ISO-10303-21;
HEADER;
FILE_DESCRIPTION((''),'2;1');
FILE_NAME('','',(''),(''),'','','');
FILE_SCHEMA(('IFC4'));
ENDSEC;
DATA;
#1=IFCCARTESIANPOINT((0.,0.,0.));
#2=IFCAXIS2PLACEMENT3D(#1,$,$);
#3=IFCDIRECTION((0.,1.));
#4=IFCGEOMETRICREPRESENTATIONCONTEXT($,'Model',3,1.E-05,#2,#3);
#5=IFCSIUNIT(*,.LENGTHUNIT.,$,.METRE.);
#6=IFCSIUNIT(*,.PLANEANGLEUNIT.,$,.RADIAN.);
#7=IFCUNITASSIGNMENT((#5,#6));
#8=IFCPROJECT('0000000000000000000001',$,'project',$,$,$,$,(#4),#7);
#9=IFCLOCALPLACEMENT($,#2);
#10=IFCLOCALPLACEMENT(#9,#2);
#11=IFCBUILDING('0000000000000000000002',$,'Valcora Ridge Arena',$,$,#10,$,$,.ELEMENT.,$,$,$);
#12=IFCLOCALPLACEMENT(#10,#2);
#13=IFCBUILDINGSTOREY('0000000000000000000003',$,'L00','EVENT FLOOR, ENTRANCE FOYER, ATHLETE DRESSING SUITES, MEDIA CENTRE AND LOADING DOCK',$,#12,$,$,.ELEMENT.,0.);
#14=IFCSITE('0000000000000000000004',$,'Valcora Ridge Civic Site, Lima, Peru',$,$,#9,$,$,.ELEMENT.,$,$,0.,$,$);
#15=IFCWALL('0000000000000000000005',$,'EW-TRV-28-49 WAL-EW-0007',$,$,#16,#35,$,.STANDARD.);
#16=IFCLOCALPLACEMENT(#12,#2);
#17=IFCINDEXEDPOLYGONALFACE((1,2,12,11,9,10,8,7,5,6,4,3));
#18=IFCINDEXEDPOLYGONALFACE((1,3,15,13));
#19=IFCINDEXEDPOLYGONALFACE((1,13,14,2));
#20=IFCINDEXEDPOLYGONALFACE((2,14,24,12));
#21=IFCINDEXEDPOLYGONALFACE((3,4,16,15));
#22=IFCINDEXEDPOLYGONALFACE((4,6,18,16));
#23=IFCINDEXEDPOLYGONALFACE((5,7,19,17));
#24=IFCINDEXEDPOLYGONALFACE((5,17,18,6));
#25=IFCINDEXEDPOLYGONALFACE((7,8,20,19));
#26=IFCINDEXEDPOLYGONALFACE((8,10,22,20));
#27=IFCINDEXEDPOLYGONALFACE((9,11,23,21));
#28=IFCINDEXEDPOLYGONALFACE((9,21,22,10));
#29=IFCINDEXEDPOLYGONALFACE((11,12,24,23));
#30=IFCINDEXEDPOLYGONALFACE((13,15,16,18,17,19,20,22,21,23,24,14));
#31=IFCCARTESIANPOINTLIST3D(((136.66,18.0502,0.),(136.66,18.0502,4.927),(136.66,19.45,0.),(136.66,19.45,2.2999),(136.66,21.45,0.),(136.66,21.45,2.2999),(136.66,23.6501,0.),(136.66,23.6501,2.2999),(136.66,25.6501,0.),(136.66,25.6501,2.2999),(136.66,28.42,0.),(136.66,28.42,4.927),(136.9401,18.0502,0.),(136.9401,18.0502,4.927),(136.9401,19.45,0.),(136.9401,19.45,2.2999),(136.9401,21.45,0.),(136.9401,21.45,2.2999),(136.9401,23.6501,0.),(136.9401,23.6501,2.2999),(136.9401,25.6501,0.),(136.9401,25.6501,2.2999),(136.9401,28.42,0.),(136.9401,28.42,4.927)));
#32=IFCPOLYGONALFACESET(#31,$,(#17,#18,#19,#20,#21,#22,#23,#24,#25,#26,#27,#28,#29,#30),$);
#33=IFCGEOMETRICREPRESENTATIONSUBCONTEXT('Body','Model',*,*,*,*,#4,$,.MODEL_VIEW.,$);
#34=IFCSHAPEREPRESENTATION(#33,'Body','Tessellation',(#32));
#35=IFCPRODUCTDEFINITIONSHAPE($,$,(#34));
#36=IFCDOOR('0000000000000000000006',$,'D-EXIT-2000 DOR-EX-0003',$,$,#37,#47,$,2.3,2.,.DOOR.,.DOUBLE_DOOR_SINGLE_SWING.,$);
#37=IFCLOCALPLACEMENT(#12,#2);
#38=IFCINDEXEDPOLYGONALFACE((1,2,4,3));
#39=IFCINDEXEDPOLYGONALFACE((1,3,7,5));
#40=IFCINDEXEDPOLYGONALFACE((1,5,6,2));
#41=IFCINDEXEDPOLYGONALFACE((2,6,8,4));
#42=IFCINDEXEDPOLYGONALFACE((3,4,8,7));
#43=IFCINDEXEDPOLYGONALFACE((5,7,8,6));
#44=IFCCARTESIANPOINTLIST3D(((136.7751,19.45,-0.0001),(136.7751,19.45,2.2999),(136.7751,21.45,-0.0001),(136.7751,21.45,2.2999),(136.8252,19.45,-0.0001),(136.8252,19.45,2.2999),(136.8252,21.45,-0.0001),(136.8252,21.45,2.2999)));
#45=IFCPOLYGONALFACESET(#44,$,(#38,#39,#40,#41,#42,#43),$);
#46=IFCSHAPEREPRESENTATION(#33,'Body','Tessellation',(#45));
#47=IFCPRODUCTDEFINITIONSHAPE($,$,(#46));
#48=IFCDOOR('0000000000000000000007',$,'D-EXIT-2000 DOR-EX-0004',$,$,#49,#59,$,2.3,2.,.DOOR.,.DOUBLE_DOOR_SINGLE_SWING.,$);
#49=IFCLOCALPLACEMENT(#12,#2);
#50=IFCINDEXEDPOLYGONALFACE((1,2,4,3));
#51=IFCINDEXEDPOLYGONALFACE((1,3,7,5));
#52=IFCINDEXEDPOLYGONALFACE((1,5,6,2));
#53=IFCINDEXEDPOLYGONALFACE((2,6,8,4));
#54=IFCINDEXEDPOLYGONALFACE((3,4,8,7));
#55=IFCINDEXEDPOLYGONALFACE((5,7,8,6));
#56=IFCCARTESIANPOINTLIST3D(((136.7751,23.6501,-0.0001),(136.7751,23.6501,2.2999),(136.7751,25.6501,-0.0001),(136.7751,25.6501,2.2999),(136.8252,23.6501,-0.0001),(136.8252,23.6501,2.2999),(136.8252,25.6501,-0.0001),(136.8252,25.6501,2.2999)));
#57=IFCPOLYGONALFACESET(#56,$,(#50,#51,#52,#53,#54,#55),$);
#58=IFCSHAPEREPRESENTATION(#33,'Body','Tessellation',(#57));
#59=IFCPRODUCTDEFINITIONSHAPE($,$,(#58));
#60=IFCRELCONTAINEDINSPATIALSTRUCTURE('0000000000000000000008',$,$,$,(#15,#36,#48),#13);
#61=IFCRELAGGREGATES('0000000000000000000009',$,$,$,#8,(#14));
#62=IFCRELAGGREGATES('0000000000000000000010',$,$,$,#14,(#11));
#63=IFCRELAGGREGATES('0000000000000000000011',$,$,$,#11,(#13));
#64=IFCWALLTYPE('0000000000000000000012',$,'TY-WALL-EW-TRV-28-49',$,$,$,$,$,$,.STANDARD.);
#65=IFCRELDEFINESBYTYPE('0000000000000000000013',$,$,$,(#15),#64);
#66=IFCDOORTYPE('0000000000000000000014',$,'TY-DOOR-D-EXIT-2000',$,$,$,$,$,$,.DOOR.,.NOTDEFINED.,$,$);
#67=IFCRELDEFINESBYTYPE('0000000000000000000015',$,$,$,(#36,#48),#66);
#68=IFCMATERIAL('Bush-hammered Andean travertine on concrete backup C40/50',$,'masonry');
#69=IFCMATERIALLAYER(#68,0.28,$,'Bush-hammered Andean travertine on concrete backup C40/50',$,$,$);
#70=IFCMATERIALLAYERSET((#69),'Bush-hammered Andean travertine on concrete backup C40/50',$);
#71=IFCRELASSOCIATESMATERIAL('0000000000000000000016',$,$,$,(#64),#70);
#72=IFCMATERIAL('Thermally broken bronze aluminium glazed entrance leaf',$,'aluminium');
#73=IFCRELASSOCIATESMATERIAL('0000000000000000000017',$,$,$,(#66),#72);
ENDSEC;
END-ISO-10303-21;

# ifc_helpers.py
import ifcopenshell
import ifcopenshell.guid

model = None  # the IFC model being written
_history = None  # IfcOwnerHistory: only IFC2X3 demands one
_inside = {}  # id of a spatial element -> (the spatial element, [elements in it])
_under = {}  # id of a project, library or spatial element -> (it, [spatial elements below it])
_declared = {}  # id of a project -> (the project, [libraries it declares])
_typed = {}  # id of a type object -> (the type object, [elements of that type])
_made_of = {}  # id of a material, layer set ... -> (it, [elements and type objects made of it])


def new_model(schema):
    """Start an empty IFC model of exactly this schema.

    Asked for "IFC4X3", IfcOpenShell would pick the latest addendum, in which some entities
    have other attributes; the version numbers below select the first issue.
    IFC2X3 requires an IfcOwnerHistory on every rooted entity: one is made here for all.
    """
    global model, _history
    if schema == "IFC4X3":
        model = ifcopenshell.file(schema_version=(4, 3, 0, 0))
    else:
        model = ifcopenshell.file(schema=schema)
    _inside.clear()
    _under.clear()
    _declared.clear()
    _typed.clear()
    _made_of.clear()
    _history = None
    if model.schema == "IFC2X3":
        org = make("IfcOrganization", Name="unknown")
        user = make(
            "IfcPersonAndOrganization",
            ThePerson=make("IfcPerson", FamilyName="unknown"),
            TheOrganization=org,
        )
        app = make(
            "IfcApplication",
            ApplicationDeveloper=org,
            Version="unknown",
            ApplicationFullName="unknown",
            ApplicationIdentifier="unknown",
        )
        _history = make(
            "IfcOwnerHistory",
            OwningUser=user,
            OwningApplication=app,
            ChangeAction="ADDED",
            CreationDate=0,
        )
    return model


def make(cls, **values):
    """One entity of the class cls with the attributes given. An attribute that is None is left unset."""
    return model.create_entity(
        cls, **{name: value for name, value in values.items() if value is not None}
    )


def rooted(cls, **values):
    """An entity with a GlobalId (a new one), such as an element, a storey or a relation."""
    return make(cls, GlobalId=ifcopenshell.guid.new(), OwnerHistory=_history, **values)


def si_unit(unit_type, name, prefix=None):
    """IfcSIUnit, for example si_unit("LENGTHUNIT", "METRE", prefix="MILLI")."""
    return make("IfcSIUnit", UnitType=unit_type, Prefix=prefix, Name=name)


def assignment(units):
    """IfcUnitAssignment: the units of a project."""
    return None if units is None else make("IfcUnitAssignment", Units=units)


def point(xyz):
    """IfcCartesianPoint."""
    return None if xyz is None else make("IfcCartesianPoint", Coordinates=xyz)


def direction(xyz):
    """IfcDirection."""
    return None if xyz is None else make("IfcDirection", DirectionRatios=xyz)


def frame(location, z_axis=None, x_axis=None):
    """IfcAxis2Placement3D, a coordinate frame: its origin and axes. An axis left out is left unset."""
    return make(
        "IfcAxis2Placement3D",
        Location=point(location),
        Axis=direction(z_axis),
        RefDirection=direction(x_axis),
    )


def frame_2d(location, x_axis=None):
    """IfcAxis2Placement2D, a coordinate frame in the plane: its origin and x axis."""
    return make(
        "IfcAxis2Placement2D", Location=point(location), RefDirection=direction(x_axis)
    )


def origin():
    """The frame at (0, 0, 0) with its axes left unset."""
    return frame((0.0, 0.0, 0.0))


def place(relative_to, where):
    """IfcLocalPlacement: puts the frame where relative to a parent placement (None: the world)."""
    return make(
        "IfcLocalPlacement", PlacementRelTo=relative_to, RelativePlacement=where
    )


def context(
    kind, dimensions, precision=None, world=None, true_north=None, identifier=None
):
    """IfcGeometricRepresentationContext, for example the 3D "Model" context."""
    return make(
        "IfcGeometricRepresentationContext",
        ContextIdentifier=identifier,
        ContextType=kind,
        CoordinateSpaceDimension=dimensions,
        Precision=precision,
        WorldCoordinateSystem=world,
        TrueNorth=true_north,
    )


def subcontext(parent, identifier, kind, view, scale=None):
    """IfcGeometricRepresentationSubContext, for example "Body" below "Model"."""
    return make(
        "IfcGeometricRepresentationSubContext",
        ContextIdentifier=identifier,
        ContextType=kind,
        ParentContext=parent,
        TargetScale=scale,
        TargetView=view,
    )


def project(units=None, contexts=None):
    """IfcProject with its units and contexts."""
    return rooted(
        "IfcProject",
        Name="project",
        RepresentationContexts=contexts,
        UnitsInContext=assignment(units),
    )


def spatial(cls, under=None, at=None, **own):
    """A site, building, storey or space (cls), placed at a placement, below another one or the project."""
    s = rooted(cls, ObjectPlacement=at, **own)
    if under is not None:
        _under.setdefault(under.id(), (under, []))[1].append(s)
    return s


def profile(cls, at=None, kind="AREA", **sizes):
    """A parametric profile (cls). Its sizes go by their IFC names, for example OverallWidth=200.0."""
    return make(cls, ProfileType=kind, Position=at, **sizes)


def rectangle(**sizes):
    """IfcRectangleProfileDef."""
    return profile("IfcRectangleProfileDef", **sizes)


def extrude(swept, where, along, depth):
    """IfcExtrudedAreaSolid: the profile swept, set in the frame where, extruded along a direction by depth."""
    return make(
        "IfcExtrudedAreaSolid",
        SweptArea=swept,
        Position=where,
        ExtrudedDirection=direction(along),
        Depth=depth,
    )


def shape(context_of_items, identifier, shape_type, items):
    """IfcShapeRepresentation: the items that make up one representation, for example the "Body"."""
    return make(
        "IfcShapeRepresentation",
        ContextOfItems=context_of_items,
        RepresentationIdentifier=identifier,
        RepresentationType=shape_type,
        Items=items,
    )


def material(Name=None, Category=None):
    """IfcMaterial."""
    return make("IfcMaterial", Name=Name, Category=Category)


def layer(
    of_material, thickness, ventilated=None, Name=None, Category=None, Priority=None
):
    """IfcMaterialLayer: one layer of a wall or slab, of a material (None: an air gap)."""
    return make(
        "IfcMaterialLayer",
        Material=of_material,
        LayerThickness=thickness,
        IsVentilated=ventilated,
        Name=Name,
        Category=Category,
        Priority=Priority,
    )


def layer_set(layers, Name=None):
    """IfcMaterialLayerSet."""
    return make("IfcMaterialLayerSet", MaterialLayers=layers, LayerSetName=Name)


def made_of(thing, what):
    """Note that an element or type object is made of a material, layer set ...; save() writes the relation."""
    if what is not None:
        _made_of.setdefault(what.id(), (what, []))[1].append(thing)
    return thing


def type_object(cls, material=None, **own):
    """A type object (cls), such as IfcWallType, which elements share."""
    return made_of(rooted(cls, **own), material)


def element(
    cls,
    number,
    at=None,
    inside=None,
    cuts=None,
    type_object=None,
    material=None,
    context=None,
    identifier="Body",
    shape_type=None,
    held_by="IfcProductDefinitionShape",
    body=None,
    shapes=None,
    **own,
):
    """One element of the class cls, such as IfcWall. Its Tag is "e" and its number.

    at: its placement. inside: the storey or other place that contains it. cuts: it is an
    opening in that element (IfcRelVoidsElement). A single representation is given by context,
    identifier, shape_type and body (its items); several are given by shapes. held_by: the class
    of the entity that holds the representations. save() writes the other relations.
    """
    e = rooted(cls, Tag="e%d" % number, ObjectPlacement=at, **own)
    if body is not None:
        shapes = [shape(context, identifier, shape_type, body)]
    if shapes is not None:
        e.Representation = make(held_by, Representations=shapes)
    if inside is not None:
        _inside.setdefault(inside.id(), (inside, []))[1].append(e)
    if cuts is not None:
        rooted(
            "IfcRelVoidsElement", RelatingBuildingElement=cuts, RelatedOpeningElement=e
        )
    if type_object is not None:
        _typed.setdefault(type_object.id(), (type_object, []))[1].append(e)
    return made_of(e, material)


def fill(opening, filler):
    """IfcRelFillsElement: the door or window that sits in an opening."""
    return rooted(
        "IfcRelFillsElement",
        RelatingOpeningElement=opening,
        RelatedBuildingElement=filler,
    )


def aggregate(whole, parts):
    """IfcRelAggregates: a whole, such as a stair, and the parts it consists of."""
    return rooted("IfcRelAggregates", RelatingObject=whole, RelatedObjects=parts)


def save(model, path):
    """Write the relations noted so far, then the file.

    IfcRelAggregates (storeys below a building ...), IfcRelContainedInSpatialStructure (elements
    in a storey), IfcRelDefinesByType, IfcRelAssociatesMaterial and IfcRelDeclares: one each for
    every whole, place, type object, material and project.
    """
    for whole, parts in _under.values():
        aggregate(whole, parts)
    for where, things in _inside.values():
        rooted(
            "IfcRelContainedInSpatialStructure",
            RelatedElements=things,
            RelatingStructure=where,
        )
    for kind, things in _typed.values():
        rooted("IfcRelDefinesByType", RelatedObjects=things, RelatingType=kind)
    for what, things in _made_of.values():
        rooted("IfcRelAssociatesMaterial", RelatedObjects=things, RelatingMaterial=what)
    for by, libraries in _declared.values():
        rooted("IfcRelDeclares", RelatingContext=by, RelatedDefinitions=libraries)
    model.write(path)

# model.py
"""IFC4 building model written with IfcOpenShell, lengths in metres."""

from ifc_helpers import new_model, si_unit, direction, frame, frame_2d, origin, place, context, subcontext, project, spatial, rectangle, extrude, material, layer, layer_set, type_object, element, fill, save


model = new_model("IFC4")

# Units and contexts
model_context = context("Model", 3, precision=1e-05, world=origin(), true_north=direction((0.0, 1.0)))
body_context = subcontext(model_context, "Body", "Model", "MODEL_VIEW")
ifc_project = project(units=[si_unit("LENGTHUNIT", "METRE"), si_unit("PLANEANGLEUNIT", "RADIAN")], contexts=[model_context])

# Site, building, storey
site_placement = place(None, origin())
site = spatial("IfcSite", under=ifc_project, at=site_placement, Name="Valcora Ridge Civic Site, Lima, Peru", CompositionType="ELEMENT", RefElevation=0.0)
building_placement = place(site_placement, origin())
building = spatial("IfcBuilding", under=site, at=building_placement, Name="Valcora Ridge Arena", CompositionType="ELEMENT")
storey_placement = place(building_placement, origin())
storey = spatial("IfcBuildingStorey", under=building, at=storey_placement, Name="L00", Description="EVENT FLOOR, ENTRANCE FOYER, ATHLETE DRESSING SUITES, MEDIA CENTRE AND LOADING DOCK", CompositionType="ELEMENT", Elevation=0.0)

# Wall, openings, doors
ifc_material_1 = material(Name="Bush-hammered Andean travertine on concrete backup C40/50", Category="masonry")
ifc_layer_1 = layer(ifc_material_1, 0.28, Name="Bush-hammered Andean travertine on concrete backup C40/50")
ifc_layer_set_1 = layer_set([ifc_layer_1], Name="Bush-hammered Andean travertine on concrete backup C40/50")
wall_type = type_object("IfcWallType", Name="TY-WALL-EW-TRV-28-49", PredefinedType="STANDARD", material=ifc_layer_set_1)
wall_placement = place(storey_placement, frame((136.8, 18.05, 0.0), z_axis=(0.0, 0.0, 1.0), x_axis=(0.0, 1.0, 0.0)))
wall = element("IfcWall", 1, at=wall_placement, inside=storey, type_object=wall_type, Name="EW-TRV-28-49 WAL-EW-0007", PredefinedType="STANDARD", context=body_context, shape_type="SweptSolid", body=[
    extrude(rectangle(XDim=10.3699, YDim=0.28, at=frame_2d((5.1851, 0.0))), origin(), (0.0, 0.0, 1.0), 4.927),
])
opening_1_placement = place(wall_placement, frame((1.3999, 0.0, 0.0)))
opening_1 = element("IfcOpeningElement", 2, at=opening_1_placement, cuts=wall, PredefinedType="OPENING", context=body_context, shape_type="SweptSolid", body=[
    extrude(rectangle(XDim=2.0, YDim=2.3, at=frame_2d((1.0, 1.1499))), frame((0.0, 0.1499, 0.0), z_axis=(0.0, -1.0, 0.0), x_axis=(1.0, 0.0, 0.0)), (0.0, 0.0, 1.0), 0.3),
])
opening_2_placement = place(wall_placement, frame((5.6001, 0.0, 0.0)))
opening_2 = element("IfcOpeningElement", 3, at=opening_2_placement, cuts=wall, PredefinedType="OPENING", context=body_context, shape_type="SweptSolid", body=[
    extrude(rectangle(XDim=2.0, YDim=2.3, at=frame_2d((1.0, 1.1499))), frame((0.0, 0.1499, 0.0), z_axis=(0.0, -1.0, 0.0), x_axis=(1.0, 0.0, 0.0)), (0.0, 0.0, 1.0), 0.3),
])
ifc_material_2 = material(Name="Thermally broken bronze aluminium glazed entrance leaf", Category="aluminium")
door_type = type_object("IfcDoorType", Name="TY-DOOR-D-EXIT-2000", OperationType="NOTDEFINED", PredefinedType="DOOR", material=ifc_material_2)
door_1_placement = place(opening_1_placement, origin())
door_1 = element("IfcDoor", 4, at=door_1_placement, inside=storey, type_object=door_type, Name="D-EXIT-2000 DOR-EX-0003", OperationType="DOUBLE_DOOR_SINGLE_SWING", OverallHeight=2.3, OverallWidth=2.0, PredefinedType="DOOR", context=body_context, shape_type="SweptSolid", body=[
    extrude(rectangle(XDim=2.0, YDim=2.3, at=frame_2d((1.0, 1.1499))), frame((0.0, 0.0249, 0.0), z_axis=(0.0, -1.0, 0.0), x_axis=(1.0, 0.0, 0.0)), (0.0, 0.0, 1.0), 0.05),
])
fill(opening_1, door_1)
door_2_placement = place(opening_2_placement, origin())
door_2 = element("IfcDoor", 5, at=door_2_placement, inside=storey, type_object=door_type, Name="D-EXIT-2000 DOR-EX-0004", OperationType="DOUBLE_DOOR_SINGLE_SWING", OverallHeight=2.3, OverallWidth=2.0, PredefinedType="DOOR", context=body_context, shape_type="SweptSolid", body=[
    extrude(rectangle(XDim=2.0, YDim=2.3, at=frame_2d((1.0, 1.1499))), frame((0.0, 0.0249, 0.0), z_axis=(0.0, -1.0, 0.0), x_axis=(1.0, 0.0, 0.0)), (0.0, 0.0, 1.0), 0.05),
])
fill(opening_2, door_2)

save(model, "model.ifc")
